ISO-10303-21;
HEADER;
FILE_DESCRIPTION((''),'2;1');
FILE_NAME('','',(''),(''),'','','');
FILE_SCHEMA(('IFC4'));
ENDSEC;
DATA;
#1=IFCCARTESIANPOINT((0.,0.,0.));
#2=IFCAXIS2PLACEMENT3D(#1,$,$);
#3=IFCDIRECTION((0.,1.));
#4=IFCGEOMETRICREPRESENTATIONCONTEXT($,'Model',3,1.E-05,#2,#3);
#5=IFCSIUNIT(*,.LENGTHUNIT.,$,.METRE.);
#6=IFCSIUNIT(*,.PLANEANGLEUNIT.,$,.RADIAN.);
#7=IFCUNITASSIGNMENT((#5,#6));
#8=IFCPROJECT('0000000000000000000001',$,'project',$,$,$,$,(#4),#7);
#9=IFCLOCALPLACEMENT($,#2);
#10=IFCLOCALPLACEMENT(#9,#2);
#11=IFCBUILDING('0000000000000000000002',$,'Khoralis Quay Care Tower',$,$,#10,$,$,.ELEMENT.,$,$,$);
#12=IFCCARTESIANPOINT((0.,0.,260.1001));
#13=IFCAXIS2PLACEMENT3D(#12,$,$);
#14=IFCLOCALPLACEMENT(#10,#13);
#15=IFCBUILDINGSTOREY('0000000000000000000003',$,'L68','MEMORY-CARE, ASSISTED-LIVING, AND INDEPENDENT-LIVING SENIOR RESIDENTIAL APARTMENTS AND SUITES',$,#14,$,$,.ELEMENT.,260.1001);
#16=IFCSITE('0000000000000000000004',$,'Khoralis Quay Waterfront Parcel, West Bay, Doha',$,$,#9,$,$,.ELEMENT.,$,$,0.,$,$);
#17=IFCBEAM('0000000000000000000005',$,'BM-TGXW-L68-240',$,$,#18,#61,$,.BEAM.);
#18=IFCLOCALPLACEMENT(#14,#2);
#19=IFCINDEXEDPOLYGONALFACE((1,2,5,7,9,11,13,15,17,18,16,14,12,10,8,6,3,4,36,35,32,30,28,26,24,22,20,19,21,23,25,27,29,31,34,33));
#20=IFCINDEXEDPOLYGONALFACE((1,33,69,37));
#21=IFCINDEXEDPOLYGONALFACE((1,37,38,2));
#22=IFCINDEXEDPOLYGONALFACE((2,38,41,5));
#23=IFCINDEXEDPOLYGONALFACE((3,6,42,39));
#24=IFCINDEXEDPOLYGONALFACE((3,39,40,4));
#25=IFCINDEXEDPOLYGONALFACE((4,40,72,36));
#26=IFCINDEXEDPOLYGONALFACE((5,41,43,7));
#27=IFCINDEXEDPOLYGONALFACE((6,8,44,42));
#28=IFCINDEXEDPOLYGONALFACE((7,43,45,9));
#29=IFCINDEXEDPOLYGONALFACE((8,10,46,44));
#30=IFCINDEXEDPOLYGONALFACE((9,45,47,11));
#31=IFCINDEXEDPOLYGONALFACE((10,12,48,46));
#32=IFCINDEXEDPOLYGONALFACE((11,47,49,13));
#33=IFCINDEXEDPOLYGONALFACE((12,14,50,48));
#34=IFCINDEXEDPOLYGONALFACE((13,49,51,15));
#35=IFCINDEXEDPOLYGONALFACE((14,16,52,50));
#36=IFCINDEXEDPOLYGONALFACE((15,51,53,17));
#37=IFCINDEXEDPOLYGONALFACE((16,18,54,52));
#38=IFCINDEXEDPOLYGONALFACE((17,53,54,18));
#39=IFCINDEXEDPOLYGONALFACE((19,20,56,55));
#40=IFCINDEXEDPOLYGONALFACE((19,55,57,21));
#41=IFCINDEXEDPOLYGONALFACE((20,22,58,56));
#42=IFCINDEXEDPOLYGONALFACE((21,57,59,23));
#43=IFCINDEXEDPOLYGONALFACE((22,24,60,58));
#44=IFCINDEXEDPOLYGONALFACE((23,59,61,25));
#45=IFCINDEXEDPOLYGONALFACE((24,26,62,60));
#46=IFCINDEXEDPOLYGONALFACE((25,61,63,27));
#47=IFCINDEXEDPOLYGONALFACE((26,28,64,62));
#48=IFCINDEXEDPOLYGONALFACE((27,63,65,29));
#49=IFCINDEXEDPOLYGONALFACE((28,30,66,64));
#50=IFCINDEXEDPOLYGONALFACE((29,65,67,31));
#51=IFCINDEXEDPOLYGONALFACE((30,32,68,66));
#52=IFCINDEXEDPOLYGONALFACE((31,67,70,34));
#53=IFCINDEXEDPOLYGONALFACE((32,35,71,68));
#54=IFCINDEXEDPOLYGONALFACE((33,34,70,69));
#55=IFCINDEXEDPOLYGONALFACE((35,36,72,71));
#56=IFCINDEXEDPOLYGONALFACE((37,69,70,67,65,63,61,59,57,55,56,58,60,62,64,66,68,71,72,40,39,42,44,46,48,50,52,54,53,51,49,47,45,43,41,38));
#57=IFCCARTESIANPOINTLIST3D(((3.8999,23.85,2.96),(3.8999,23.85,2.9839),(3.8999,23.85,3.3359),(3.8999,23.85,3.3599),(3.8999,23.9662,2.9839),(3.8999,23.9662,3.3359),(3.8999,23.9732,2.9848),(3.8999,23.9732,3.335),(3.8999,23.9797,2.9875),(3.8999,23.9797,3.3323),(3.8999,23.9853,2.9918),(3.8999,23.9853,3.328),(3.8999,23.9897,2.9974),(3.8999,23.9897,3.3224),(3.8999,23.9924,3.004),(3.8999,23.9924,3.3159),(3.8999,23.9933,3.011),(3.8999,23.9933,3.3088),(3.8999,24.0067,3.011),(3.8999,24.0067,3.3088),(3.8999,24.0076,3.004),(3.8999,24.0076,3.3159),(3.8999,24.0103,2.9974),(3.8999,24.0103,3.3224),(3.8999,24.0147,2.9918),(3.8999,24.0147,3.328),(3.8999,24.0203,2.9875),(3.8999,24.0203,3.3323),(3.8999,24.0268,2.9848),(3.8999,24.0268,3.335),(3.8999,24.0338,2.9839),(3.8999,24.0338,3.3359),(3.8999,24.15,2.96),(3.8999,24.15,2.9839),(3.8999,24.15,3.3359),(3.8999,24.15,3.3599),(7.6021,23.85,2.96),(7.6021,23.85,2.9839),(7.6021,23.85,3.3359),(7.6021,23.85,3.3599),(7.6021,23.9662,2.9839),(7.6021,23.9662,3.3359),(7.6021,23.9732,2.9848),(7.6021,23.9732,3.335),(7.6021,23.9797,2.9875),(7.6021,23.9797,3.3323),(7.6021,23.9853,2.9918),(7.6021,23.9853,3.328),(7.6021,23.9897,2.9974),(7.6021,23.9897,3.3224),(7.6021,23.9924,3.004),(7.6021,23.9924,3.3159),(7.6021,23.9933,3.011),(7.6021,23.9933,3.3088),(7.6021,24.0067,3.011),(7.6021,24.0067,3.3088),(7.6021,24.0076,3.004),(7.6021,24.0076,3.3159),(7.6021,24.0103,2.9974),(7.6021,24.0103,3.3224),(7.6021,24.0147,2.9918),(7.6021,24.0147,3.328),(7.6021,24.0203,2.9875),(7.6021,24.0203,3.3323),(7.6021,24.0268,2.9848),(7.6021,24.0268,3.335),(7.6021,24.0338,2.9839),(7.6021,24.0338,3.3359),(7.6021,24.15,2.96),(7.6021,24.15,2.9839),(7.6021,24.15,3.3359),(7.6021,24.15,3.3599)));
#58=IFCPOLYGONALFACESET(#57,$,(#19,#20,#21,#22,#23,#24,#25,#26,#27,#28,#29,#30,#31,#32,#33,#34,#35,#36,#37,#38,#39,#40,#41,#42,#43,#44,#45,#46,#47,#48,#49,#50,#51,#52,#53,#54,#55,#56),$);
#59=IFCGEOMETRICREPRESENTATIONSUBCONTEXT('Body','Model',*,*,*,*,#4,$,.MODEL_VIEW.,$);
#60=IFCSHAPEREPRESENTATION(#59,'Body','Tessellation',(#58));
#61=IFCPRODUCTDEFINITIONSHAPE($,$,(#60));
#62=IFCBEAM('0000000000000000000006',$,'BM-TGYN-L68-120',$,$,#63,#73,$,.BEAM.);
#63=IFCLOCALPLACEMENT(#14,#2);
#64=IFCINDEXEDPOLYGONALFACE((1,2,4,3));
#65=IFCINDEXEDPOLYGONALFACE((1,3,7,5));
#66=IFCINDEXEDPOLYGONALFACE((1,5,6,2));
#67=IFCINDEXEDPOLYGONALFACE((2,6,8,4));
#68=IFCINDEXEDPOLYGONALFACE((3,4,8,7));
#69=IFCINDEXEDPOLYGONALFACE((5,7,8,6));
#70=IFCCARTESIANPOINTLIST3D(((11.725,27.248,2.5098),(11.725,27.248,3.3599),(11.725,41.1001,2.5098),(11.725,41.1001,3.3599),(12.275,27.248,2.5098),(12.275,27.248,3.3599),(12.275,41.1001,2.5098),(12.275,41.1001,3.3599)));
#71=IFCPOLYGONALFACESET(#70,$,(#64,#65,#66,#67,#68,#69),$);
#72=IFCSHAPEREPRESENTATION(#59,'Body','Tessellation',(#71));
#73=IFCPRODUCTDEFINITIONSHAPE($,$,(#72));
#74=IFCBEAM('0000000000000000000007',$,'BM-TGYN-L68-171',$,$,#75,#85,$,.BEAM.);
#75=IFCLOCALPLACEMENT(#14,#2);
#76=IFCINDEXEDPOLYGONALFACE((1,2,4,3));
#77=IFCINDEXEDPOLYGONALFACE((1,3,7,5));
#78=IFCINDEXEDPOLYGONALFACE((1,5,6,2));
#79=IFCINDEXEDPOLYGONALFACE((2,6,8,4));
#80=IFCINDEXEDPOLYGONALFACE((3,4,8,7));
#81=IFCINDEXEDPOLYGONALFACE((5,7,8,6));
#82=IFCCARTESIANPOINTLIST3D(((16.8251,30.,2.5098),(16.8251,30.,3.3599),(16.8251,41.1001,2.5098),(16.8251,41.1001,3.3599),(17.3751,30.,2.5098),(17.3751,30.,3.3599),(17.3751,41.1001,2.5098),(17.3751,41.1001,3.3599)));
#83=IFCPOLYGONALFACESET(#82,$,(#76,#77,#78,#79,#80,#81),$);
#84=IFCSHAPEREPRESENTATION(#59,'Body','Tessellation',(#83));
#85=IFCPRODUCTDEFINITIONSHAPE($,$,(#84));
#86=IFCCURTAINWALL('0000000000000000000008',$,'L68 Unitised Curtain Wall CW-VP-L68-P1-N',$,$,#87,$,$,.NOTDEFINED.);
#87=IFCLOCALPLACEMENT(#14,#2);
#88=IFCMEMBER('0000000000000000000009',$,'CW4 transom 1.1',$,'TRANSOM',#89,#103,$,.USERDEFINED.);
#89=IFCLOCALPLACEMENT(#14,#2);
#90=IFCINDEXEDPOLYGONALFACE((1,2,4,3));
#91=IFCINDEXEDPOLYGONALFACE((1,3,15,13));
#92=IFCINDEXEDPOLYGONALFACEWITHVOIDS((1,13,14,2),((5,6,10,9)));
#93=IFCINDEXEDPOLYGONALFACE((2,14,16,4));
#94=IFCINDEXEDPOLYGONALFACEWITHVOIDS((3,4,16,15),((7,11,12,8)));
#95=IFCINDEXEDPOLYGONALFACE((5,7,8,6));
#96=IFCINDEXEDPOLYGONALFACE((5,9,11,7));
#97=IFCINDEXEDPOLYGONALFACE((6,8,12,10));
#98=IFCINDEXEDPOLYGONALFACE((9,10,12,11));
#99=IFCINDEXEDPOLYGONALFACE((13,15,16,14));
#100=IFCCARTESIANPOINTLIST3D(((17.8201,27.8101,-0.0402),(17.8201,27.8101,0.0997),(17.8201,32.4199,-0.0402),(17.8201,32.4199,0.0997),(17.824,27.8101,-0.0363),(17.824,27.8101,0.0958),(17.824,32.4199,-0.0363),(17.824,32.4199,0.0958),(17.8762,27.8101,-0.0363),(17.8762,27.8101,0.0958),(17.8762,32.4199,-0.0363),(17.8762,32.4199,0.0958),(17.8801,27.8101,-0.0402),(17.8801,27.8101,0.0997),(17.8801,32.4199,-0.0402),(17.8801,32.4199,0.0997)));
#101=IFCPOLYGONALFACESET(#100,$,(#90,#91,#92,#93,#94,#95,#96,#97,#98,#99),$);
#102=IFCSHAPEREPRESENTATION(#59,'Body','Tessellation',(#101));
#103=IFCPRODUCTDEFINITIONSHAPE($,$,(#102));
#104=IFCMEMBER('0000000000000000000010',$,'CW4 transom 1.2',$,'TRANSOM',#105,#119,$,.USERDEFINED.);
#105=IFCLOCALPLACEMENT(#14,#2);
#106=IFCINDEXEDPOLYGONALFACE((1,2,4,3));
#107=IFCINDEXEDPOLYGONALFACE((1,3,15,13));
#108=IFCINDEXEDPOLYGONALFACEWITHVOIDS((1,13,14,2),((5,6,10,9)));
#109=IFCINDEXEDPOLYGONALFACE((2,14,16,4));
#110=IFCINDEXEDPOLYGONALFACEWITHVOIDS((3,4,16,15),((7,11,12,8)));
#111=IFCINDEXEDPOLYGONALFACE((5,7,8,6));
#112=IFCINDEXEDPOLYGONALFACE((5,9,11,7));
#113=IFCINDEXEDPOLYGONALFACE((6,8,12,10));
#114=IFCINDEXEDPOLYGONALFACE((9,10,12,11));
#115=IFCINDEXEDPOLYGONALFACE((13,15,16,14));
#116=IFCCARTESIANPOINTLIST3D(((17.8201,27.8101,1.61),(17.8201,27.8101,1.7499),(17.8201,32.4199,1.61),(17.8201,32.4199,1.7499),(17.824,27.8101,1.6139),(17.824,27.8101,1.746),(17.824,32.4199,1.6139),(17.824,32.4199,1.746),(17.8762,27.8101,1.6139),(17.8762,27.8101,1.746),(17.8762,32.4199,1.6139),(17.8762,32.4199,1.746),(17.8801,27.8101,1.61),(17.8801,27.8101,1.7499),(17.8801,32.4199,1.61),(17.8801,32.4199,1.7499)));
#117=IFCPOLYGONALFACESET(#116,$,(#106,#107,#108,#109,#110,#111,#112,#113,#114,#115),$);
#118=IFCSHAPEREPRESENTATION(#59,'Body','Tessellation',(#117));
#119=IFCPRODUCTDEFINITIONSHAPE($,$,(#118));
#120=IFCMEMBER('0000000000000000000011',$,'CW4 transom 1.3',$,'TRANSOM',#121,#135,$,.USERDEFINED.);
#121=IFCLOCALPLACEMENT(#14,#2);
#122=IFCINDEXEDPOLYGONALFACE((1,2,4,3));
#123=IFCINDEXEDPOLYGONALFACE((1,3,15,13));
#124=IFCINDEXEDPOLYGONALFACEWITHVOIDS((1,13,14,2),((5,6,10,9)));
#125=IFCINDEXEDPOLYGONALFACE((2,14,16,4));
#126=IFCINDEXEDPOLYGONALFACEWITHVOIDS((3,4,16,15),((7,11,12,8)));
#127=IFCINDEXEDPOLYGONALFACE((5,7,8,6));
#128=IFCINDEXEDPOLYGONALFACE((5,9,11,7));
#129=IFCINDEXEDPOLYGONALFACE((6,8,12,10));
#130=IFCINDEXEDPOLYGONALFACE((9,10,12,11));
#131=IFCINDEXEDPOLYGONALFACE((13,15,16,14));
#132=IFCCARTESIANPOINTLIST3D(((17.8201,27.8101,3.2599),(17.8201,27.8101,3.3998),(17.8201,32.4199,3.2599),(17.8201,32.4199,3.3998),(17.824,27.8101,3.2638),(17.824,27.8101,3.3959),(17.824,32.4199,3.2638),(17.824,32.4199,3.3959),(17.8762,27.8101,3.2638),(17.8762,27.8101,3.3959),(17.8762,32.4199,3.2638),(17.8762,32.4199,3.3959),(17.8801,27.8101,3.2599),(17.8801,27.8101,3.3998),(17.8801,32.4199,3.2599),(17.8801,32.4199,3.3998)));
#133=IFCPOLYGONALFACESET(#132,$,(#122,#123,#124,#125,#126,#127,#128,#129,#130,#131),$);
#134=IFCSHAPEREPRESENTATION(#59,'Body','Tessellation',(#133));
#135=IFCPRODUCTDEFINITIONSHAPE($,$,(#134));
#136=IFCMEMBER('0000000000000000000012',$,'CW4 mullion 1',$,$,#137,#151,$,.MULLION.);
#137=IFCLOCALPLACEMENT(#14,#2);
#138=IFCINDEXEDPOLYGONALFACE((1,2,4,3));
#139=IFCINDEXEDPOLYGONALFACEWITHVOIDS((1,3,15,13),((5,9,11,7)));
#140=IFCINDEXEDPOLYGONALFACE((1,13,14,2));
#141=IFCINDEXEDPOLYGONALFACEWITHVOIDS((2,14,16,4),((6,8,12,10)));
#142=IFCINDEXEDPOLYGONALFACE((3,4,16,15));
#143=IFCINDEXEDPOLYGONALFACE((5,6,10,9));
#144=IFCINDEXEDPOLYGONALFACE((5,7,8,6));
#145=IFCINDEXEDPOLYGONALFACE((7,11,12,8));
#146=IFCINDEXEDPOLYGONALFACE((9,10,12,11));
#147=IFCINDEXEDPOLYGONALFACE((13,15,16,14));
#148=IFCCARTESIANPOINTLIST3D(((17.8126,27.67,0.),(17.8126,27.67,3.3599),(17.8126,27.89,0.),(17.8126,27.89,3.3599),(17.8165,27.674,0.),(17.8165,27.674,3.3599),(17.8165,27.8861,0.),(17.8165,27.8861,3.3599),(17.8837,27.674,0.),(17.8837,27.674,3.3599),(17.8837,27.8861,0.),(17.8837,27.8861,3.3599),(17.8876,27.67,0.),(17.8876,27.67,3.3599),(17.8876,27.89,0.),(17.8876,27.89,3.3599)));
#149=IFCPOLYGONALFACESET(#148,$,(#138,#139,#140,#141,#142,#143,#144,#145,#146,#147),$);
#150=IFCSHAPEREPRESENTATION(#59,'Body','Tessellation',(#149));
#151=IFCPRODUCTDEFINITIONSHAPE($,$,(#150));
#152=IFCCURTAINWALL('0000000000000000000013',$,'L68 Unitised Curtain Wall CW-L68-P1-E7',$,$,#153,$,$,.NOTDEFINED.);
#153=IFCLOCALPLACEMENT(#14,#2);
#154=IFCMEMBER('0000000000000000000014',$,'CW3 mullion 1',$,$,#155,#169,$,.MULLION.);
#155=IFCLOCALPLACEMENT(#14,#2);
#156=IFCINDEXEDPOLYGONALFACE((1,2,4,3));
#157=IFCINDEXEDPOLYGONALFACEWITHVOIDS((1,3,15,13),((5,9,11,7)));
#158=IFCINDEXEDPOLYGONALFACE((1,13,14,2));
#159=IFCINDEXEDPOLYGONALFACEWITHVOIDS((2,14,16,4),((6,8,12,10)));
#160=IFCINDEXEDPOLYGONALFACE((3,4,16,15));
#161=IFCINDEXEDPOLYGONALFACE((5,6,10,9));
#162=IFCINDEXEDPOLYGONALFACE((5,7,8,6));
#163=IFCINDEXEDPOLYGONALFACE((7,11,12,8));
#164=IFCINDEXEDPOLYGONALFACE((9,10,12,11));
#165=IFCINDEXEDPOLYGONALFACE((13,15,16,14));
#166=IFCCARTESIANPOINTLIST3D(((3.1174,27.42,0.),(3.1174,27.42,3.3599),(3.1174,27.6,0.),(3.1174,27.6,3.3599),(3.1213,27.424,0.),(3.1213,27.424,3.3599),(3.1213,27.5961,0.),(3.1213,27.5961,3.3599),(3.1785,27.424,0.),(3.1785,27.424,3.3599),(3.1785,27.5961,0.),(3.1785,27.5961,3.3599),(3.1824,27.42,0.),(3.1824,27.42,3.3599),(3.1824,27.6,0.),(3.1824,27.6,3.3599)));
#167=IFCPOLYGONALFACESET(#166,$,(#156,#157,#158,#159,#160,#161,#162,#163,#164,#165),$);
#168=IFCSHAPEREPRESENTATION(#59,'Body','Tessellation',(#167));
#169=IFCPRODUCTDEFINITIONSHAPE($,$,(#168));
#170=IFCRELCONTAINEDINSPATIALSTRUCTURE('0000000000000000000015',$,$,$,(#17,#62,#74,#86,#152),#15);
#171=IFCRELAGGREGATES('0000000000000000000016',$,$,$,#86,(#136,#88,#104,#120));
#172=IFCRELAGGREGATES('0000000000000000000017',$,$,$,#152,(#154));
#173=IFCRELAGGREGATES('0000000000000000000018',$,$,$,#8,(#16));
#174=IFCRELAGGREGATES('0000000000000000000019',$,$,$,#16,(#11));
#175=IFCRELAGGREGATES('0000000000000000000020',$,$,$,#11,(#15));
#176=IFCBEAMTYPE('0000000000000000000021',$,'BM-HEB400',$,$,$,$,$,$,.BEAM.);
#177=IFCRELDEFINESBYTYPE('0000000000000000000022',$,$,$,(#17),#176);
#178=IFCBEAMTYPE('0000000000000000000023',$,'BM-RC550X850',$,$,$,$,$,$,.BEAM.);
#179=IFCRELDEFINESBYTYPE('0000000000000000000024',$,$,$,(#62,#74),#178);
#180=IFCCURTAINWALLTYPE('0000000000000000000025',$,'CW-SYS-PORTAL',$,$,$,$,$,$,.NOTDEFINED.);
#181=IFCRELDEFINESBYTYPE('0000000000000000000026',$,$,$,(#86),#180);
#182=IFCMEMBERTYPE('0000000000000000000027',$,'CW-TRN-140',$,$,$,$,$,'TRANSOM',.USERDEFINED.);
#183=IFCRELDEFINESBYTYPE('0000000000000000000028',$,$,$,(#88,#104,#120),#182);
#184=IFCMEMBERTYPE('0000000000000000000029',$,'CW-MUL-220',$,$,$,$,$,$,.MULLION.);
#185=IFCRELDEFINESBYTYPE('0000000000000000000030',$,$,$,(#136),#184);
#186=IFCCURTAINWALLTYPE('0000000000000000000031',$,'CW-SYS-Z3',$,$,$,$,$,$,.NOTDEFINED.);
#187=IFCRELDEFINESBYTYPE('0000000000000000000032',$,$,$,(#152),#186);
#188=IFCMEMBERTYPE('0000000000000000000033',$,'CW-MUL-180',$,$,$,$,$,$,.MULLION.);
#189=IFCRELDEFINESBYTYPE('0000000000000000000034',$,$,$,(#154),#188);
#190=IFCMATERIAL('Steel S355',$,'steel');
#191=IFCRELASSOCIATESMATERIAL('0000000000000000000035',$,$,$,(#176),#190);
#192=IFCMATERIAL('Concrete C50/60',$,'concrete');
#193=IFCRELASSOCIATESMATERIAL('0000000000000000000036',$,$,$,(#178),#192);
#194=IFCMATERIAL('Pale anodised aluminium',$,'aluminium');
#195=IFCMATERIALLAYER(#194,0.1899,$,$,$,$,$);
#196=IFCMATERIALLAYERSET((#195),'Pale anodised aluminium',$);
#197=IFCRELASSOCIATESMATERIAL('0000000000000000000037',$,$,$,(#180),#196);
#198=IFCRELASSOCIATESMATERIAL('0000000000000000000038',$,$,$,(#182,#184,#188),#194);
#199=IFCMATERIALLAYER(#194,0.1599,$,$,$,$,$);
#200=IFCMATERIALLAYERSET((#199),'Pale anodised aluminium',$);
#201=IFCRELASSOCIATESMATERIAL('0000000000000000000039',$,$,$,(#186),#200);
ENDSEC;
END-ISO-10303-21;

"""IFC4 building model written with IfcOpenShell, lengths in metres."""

from ifc_helpers import new_model, si_unit, direction, frame, origin, origin_2d, place, context, subcontext, project, spatial, rectangle, hollow_rectangle, i_section, extrude, source, transform, mapped, material, layer, layer_set, material_profile, profile_set, type_object, element, aggregate, save


model = new_model("IFC4")

# Units and contexts
model_context = context("Model", 3, precision=1e-05, world=origin(), true_north=direction((0.0, 1.0)))
body_context = subcontext(model_context, "Body", "Model", "MODEL_VIEW")
ifc_project = project(units=[si_unit("LENGTHUNIT", "METRE"), si_unit("PLANEANGLEUNIT", "RADIAN")], contexts=[model_context])

# Site, building, storey
site_placement = place(None, origin())
site = spatial("IfcSite", under=ifc_project, at=site_placement, Name="Khoralis Quay Waterfront Parcel, West Bay, Doha", CompositionType="ELEMENT", RefElevation=0.0)
building_placement = place(site_placement, origin())
building = spatial("IfcBuilding", under=site, at=building_placement, Name="Khoralis Quay Care Tower", CompositionType="ELEMENT")
storey_placement = place(building_placement, frame((0.0, 0.0, 260.1001)))
storey = spatial("IfcBuildingStorey", under=building, at=storey_placement, Name="L68", Description="MEMORY-CARE, ASSISTED-LIVING, AND INDEPENDENT-LIVING SENIOR RESIDENTIAL APARTMENTS AND SUITES", CompositionType="ELEMENT", Elevation=260.1001)

# Shared definitions
ifc_material_1 = material(Name="Concrete C50/60", Category="concrete")

# Beams
ifc_material_2 = material(Name="Steel S355", Category="steel")
ifc_material_profile_1 = material_profile(ifc_material_2, i_section(OverallWidth=0.3, OverallDepth=0.3999, WebThickness=0.0134, FlangeThickness=0.0239, FilletRadius=0.0271, at=origin_2d()), Name="Steel S355")
ifc_profile_set_1 = profile_set([ifc_material_profile_1], Name="Steel S355")
beam_type_1 = type_object("IfcBeamType", Name="BM-HEB400", PredefinedType="BEAM", material=ifc_profile_set_1)
shared_shape_1 = source(origin(), body_context, "Body", "SweptSolid", [
    extrude(i_section(OverallWidth=0.3, OverallDepth=0.3999, WebThickness=0.0134, FlangeThickness=0.0239, FilletRadius=0.0271, at=origin_2d()), origin(), (0.0, 0.0, 1.0), 3.7021),
])
beam_1_placement = place(storey_placement, frame((3.8999, 24.0, 3.1599), z_axis=(1.0, 0.0, 0.0), x_axis=(0.0, 1.0, 0.0)))
element("IfcBeam", 1, at=beam_1_placement, inside=storey, type_object=beam_type_1, Name="BM-TGXW-L68-240", PredefinedType="BEAM", context=body_context, shape_type="MappedRepresentation", body=[
    mapped(shared_shape_1, transform((0.0, 0.0, 0.0), scale=1.0)),
])
ifc_material_profile_2 = material_profile(ifc_material_1, rectangle(XDim=0.55, YDim=0.8501, at=origin_2d()), Name="Concrete C50/60")
ifc_profile_set_2 = profile_set([ifc_material_profile_2], Name="Concrete C50/60")
beam_type_2 = type_object("IfcBeamType", Name="BM-RC550X850", PredefinedType="BEAM", material=ifc_profile_set_2)
shared_shape_2 = source(origin(), body_context, "Body", "SweptSolid", [
    extrude(rectangle(XDim=0.55, YDim=0.8501, at=origin_2d()), origin(), (0.0, 0.0, 1.0), 13.8521),
])
beam_2_placement = place(storey_placement, frame((12.0, 27.248, 2.9348), z_axis=(0.0, 1.0, 0.0), x_axis=(-1.0, 0.0, 0.0)))
element("IfcBeam", 2, at=beam_2_placement, inside=storey, type_object=beam_type_2, Name="BM-TGYN-L68-120", PredefinedType="BEAM", context=body_context, shape_type="MappedRepresentation", body=[
    mapped(shared_shape_2, transform((0.0, 0.0, 0.0), scale=1.0)),
])
shared_shape_3 = source(origin(), body_context, "Body", "SweptSolid", [
    extrude(rectangle(XDim=0.55, YDim=0.8501, at=origin_2d()), origin(), (0.0, 0.0, 1.0), 11.1001),
])
beam_3_placement = place(storey_placement, frame((17.1001, 30.0, 2.9348), z_axis=(0.0, 1.0, 0.0), x_axis=(-1.0, 0.0, 0.0)))
element("IfcBeam", 3, at=beam_3_placement, inside=storey, type_object=beam_type_2, Name="BM-TGYN-L68-171", PredefinedType="BEAM", context=body_context, shape_type="MappedRepresentation", body=[
    mapped(shared_shape_3, transform((0.0, 0.0, 0.0), scale=1.0)),
])

# Curtain wall, members
ifc_material_3 = material(Name="Pale anodised aluminium", Category="aluminium")
ifc_layer_1 = layer(ifc_material_3, 0.1899)
ifc_layer_set_1 = layer_set([ifc_layer_1], Name="Pale anodised aluminium")
curtain_wall_type_1 = type_object("IfcCurtainWallType", Name="CW-SYS-PORTAL", PredefinedType="NOTDEFINED", material=ifc_layer_set_1)
curtain_wall_1_placement = place(storey_placement, origin())
curtain_wall_1 = element("IfcCurtainWall", 4, at=curtain_wall_1_placement, inside=storey, type_object=curtain_wall_type_1, Name="L68 Unitised Curtain Wall CW-VP-L68-P1-N", PredefinedType="NOTDEFINED")
ifc_material_profile_3 = material_profile(ifc_material_3, hollow_rectangle(XDim=0.0601, YDim=0.1399, WallThickness=0.0039, at=origin_2d()), Name="Pale anodised aluminium")
ifc_profile_set_3 = profile_set([ifc_material_profile_3], Name="Pale anodised aluminium")
member_type_1 = type_object("IfcMemberType", Name="CW-TRN-140", ElementType="TRANSOM", PredefinedType="USERDEFINED", material=ifc_profile_set_3)
shared_shape_4 = source(origin(), body_context, "Body", "SweptSolid", [
    extrude(hollow_rectangle(XDim=0.0601, YDim=0.1399, WallThickness=0.0039, at=origin_2d()), origin(), (0.0, 0.0, 1.0), 4.6099),
])
member_1_placement = place(storey_placement, frame((17.8501, 27.8101, 0.0298), z_axis=(0.0, 1.0, 0.0), x_axis=(-1.0, 0.0, 0.0)))
member_1 = element("IfcMember", 5, at=member_1_placement, type_object=member_type_1, Name="CW4 transom 1.1", ObjectType="TRANSOM", PredefinedType="USERDEFINED", context=body_context, shape_type="MappedRepresentation", body=[
    mapped(shared_shape_4, transform((0.0, 0.0, 0.0), scale=1.0)),
])
member_2_placement = place(storey_placement, frame((17.8501, 27.8101, 1.6799), z_axis=(0.0, 1.0, 0.0), x_axis=(-1.0, 0.0, 0.0)))
member_2 = element("IfcMember", 6, at=member_2_placement, type_object=member_type_1, Name="CW4 transom 1.2", ObjectType="TRANSOM", PredefinedType="USERDEFINED", context=body_context, shape_type="MappedRepresentation", body=[
    mapped(shared_shape_4, transform((0.0, 0.0, 0.0), scale=1.0)),
])
member_3_placement = place(storey_placement, frame((17.8501, 27.8101, 3.3298), z_axis=(0.0, 1.0, 0.0), x_axis=(-1.0, 0.0, 0.0)))
member_3 = element("IfcMember", 7, at=member_3_placement, type_object=member_type_1, Name="CW4 transom 1.3", ObjectType="TRANSOM", PredefinedType="USERDEFINED", context=body_context, shape_type="MappedRepresentation", body=[
    mapped(shared_shape_4, transform((0.0, 0.0, 0.0), scale=1.0)),
])
ifc_material_profile_4 = material_profile(ifc_material_3, hollow_rectangle(XDim=0.075, YDim=0.22, WallThickness=0.0039, at=origin_2d()), Name="Pale anodised aluminium")
ifc_profile_set_4 = profile_set([ifc_material_profile_4], Name="Pale anodised aluminium")
member_type_2 = type_object("IfcMemberType", Name="CW-MUL-220", PredefinedType="MULLION", material=ifc_profile_set_4)
shared_shape_5 = source(origin(), body_context, "Body", "SweptSolid", [
    extrude(hollow_rectangle(XDim=0.075, YDim=0.22, WallThickness=0.0039, at=origin_2d()), origin(), (0.0, 0.0, 1.0), 3.3599),
])
member_4_placement = place(storey_placement, frame((17.8501, 27.78, 0.0), z_axis=(0.0, 0.0, 1.0), x_axis=(-1.0, 0.0, 0.0)))
member_4 = element("IfcMember", 8, at=member_4_placement, type_object=member_type_2, Name="CW4 mullion 1", PredefinedType="MULLION", context=body_context, shape_type="MappedRepresentation", body=[
    mapped(shared_shape_5, transform((0.0, 0.0, 0.0), scale=1.0)),
])
aggregate(curtain_wall_1, [member_4, member_1, member_2, member_3])

# Curtain wall, member
ifc_layer_2 = layer(ifc_material_3, 0.1599)
ifc_layer_set_2 = layer_set([ifc_layer_2], Name="Pale anodised aluminium")
curtain_wall_type_2 = type_object("IfcCurtainWallType", Name="CW-SYS-Z3", PredefinedType="NOTDEFINED", material=ifc_layer_set_2)
curtain_wall_2_placement = place(storey_placement, origin())
curtain_wall_2 = element("IfcCurtainWall", 9, at=curtain_wall_2_placement, inside=storey, type_object=curtain_wall_type_2, Name="L68 Unitised Curtain Wall CW-L68-P1-E7", PredefinedType="NOTDEFINED")
ifc_material_profile_5 = material_profile(ifc_material_3, hollow_rectangle(XDim=0.0649, YDim=0.1799, WallThickness=0.0039, at=origin_2d()), Name="Pale anodised aluminium")
ifc_profile_set_5 = profile_set([ifc_material_profile_5], Name="Pale anodised aluminium")
member_type_3 = type_object("IfcMemberType", Name="CW-MUL-180", PredefinedType="MULLION", material=ifc_profile_set_5)
shared_shape_6 = source(origin(), body_context, "Body", "SweptSolid", [
    extrude(hollow_rectangle(XDim=0.0649, YDim=0.1799, WallThickness=0.0039, at=origin_2d()), origin(), (0.0, 0.0, 1.0), 3.3599),
])
member_5_placement = place(storey_placement, frame((3.1499, 27.51, 0.0), z_axis=(0.0, 0.0, 1.0), x_axis=(1.0, 0.0, 0.0)))
member_5 = element("IfcMember", 10, at=member_5_placement, type_object=member_type_3, Name="CW3 mullion 1", PredefinedType="MULLION", context=body_context, shape_type="MappedRepresentation", body=[
    mapped(shared_shape_6, transform((0.0, 0.0, 0.0), scale=1.0)),
])
aggregate(curtain_wall_2, [member_5])

save(model, "model.ifc")
